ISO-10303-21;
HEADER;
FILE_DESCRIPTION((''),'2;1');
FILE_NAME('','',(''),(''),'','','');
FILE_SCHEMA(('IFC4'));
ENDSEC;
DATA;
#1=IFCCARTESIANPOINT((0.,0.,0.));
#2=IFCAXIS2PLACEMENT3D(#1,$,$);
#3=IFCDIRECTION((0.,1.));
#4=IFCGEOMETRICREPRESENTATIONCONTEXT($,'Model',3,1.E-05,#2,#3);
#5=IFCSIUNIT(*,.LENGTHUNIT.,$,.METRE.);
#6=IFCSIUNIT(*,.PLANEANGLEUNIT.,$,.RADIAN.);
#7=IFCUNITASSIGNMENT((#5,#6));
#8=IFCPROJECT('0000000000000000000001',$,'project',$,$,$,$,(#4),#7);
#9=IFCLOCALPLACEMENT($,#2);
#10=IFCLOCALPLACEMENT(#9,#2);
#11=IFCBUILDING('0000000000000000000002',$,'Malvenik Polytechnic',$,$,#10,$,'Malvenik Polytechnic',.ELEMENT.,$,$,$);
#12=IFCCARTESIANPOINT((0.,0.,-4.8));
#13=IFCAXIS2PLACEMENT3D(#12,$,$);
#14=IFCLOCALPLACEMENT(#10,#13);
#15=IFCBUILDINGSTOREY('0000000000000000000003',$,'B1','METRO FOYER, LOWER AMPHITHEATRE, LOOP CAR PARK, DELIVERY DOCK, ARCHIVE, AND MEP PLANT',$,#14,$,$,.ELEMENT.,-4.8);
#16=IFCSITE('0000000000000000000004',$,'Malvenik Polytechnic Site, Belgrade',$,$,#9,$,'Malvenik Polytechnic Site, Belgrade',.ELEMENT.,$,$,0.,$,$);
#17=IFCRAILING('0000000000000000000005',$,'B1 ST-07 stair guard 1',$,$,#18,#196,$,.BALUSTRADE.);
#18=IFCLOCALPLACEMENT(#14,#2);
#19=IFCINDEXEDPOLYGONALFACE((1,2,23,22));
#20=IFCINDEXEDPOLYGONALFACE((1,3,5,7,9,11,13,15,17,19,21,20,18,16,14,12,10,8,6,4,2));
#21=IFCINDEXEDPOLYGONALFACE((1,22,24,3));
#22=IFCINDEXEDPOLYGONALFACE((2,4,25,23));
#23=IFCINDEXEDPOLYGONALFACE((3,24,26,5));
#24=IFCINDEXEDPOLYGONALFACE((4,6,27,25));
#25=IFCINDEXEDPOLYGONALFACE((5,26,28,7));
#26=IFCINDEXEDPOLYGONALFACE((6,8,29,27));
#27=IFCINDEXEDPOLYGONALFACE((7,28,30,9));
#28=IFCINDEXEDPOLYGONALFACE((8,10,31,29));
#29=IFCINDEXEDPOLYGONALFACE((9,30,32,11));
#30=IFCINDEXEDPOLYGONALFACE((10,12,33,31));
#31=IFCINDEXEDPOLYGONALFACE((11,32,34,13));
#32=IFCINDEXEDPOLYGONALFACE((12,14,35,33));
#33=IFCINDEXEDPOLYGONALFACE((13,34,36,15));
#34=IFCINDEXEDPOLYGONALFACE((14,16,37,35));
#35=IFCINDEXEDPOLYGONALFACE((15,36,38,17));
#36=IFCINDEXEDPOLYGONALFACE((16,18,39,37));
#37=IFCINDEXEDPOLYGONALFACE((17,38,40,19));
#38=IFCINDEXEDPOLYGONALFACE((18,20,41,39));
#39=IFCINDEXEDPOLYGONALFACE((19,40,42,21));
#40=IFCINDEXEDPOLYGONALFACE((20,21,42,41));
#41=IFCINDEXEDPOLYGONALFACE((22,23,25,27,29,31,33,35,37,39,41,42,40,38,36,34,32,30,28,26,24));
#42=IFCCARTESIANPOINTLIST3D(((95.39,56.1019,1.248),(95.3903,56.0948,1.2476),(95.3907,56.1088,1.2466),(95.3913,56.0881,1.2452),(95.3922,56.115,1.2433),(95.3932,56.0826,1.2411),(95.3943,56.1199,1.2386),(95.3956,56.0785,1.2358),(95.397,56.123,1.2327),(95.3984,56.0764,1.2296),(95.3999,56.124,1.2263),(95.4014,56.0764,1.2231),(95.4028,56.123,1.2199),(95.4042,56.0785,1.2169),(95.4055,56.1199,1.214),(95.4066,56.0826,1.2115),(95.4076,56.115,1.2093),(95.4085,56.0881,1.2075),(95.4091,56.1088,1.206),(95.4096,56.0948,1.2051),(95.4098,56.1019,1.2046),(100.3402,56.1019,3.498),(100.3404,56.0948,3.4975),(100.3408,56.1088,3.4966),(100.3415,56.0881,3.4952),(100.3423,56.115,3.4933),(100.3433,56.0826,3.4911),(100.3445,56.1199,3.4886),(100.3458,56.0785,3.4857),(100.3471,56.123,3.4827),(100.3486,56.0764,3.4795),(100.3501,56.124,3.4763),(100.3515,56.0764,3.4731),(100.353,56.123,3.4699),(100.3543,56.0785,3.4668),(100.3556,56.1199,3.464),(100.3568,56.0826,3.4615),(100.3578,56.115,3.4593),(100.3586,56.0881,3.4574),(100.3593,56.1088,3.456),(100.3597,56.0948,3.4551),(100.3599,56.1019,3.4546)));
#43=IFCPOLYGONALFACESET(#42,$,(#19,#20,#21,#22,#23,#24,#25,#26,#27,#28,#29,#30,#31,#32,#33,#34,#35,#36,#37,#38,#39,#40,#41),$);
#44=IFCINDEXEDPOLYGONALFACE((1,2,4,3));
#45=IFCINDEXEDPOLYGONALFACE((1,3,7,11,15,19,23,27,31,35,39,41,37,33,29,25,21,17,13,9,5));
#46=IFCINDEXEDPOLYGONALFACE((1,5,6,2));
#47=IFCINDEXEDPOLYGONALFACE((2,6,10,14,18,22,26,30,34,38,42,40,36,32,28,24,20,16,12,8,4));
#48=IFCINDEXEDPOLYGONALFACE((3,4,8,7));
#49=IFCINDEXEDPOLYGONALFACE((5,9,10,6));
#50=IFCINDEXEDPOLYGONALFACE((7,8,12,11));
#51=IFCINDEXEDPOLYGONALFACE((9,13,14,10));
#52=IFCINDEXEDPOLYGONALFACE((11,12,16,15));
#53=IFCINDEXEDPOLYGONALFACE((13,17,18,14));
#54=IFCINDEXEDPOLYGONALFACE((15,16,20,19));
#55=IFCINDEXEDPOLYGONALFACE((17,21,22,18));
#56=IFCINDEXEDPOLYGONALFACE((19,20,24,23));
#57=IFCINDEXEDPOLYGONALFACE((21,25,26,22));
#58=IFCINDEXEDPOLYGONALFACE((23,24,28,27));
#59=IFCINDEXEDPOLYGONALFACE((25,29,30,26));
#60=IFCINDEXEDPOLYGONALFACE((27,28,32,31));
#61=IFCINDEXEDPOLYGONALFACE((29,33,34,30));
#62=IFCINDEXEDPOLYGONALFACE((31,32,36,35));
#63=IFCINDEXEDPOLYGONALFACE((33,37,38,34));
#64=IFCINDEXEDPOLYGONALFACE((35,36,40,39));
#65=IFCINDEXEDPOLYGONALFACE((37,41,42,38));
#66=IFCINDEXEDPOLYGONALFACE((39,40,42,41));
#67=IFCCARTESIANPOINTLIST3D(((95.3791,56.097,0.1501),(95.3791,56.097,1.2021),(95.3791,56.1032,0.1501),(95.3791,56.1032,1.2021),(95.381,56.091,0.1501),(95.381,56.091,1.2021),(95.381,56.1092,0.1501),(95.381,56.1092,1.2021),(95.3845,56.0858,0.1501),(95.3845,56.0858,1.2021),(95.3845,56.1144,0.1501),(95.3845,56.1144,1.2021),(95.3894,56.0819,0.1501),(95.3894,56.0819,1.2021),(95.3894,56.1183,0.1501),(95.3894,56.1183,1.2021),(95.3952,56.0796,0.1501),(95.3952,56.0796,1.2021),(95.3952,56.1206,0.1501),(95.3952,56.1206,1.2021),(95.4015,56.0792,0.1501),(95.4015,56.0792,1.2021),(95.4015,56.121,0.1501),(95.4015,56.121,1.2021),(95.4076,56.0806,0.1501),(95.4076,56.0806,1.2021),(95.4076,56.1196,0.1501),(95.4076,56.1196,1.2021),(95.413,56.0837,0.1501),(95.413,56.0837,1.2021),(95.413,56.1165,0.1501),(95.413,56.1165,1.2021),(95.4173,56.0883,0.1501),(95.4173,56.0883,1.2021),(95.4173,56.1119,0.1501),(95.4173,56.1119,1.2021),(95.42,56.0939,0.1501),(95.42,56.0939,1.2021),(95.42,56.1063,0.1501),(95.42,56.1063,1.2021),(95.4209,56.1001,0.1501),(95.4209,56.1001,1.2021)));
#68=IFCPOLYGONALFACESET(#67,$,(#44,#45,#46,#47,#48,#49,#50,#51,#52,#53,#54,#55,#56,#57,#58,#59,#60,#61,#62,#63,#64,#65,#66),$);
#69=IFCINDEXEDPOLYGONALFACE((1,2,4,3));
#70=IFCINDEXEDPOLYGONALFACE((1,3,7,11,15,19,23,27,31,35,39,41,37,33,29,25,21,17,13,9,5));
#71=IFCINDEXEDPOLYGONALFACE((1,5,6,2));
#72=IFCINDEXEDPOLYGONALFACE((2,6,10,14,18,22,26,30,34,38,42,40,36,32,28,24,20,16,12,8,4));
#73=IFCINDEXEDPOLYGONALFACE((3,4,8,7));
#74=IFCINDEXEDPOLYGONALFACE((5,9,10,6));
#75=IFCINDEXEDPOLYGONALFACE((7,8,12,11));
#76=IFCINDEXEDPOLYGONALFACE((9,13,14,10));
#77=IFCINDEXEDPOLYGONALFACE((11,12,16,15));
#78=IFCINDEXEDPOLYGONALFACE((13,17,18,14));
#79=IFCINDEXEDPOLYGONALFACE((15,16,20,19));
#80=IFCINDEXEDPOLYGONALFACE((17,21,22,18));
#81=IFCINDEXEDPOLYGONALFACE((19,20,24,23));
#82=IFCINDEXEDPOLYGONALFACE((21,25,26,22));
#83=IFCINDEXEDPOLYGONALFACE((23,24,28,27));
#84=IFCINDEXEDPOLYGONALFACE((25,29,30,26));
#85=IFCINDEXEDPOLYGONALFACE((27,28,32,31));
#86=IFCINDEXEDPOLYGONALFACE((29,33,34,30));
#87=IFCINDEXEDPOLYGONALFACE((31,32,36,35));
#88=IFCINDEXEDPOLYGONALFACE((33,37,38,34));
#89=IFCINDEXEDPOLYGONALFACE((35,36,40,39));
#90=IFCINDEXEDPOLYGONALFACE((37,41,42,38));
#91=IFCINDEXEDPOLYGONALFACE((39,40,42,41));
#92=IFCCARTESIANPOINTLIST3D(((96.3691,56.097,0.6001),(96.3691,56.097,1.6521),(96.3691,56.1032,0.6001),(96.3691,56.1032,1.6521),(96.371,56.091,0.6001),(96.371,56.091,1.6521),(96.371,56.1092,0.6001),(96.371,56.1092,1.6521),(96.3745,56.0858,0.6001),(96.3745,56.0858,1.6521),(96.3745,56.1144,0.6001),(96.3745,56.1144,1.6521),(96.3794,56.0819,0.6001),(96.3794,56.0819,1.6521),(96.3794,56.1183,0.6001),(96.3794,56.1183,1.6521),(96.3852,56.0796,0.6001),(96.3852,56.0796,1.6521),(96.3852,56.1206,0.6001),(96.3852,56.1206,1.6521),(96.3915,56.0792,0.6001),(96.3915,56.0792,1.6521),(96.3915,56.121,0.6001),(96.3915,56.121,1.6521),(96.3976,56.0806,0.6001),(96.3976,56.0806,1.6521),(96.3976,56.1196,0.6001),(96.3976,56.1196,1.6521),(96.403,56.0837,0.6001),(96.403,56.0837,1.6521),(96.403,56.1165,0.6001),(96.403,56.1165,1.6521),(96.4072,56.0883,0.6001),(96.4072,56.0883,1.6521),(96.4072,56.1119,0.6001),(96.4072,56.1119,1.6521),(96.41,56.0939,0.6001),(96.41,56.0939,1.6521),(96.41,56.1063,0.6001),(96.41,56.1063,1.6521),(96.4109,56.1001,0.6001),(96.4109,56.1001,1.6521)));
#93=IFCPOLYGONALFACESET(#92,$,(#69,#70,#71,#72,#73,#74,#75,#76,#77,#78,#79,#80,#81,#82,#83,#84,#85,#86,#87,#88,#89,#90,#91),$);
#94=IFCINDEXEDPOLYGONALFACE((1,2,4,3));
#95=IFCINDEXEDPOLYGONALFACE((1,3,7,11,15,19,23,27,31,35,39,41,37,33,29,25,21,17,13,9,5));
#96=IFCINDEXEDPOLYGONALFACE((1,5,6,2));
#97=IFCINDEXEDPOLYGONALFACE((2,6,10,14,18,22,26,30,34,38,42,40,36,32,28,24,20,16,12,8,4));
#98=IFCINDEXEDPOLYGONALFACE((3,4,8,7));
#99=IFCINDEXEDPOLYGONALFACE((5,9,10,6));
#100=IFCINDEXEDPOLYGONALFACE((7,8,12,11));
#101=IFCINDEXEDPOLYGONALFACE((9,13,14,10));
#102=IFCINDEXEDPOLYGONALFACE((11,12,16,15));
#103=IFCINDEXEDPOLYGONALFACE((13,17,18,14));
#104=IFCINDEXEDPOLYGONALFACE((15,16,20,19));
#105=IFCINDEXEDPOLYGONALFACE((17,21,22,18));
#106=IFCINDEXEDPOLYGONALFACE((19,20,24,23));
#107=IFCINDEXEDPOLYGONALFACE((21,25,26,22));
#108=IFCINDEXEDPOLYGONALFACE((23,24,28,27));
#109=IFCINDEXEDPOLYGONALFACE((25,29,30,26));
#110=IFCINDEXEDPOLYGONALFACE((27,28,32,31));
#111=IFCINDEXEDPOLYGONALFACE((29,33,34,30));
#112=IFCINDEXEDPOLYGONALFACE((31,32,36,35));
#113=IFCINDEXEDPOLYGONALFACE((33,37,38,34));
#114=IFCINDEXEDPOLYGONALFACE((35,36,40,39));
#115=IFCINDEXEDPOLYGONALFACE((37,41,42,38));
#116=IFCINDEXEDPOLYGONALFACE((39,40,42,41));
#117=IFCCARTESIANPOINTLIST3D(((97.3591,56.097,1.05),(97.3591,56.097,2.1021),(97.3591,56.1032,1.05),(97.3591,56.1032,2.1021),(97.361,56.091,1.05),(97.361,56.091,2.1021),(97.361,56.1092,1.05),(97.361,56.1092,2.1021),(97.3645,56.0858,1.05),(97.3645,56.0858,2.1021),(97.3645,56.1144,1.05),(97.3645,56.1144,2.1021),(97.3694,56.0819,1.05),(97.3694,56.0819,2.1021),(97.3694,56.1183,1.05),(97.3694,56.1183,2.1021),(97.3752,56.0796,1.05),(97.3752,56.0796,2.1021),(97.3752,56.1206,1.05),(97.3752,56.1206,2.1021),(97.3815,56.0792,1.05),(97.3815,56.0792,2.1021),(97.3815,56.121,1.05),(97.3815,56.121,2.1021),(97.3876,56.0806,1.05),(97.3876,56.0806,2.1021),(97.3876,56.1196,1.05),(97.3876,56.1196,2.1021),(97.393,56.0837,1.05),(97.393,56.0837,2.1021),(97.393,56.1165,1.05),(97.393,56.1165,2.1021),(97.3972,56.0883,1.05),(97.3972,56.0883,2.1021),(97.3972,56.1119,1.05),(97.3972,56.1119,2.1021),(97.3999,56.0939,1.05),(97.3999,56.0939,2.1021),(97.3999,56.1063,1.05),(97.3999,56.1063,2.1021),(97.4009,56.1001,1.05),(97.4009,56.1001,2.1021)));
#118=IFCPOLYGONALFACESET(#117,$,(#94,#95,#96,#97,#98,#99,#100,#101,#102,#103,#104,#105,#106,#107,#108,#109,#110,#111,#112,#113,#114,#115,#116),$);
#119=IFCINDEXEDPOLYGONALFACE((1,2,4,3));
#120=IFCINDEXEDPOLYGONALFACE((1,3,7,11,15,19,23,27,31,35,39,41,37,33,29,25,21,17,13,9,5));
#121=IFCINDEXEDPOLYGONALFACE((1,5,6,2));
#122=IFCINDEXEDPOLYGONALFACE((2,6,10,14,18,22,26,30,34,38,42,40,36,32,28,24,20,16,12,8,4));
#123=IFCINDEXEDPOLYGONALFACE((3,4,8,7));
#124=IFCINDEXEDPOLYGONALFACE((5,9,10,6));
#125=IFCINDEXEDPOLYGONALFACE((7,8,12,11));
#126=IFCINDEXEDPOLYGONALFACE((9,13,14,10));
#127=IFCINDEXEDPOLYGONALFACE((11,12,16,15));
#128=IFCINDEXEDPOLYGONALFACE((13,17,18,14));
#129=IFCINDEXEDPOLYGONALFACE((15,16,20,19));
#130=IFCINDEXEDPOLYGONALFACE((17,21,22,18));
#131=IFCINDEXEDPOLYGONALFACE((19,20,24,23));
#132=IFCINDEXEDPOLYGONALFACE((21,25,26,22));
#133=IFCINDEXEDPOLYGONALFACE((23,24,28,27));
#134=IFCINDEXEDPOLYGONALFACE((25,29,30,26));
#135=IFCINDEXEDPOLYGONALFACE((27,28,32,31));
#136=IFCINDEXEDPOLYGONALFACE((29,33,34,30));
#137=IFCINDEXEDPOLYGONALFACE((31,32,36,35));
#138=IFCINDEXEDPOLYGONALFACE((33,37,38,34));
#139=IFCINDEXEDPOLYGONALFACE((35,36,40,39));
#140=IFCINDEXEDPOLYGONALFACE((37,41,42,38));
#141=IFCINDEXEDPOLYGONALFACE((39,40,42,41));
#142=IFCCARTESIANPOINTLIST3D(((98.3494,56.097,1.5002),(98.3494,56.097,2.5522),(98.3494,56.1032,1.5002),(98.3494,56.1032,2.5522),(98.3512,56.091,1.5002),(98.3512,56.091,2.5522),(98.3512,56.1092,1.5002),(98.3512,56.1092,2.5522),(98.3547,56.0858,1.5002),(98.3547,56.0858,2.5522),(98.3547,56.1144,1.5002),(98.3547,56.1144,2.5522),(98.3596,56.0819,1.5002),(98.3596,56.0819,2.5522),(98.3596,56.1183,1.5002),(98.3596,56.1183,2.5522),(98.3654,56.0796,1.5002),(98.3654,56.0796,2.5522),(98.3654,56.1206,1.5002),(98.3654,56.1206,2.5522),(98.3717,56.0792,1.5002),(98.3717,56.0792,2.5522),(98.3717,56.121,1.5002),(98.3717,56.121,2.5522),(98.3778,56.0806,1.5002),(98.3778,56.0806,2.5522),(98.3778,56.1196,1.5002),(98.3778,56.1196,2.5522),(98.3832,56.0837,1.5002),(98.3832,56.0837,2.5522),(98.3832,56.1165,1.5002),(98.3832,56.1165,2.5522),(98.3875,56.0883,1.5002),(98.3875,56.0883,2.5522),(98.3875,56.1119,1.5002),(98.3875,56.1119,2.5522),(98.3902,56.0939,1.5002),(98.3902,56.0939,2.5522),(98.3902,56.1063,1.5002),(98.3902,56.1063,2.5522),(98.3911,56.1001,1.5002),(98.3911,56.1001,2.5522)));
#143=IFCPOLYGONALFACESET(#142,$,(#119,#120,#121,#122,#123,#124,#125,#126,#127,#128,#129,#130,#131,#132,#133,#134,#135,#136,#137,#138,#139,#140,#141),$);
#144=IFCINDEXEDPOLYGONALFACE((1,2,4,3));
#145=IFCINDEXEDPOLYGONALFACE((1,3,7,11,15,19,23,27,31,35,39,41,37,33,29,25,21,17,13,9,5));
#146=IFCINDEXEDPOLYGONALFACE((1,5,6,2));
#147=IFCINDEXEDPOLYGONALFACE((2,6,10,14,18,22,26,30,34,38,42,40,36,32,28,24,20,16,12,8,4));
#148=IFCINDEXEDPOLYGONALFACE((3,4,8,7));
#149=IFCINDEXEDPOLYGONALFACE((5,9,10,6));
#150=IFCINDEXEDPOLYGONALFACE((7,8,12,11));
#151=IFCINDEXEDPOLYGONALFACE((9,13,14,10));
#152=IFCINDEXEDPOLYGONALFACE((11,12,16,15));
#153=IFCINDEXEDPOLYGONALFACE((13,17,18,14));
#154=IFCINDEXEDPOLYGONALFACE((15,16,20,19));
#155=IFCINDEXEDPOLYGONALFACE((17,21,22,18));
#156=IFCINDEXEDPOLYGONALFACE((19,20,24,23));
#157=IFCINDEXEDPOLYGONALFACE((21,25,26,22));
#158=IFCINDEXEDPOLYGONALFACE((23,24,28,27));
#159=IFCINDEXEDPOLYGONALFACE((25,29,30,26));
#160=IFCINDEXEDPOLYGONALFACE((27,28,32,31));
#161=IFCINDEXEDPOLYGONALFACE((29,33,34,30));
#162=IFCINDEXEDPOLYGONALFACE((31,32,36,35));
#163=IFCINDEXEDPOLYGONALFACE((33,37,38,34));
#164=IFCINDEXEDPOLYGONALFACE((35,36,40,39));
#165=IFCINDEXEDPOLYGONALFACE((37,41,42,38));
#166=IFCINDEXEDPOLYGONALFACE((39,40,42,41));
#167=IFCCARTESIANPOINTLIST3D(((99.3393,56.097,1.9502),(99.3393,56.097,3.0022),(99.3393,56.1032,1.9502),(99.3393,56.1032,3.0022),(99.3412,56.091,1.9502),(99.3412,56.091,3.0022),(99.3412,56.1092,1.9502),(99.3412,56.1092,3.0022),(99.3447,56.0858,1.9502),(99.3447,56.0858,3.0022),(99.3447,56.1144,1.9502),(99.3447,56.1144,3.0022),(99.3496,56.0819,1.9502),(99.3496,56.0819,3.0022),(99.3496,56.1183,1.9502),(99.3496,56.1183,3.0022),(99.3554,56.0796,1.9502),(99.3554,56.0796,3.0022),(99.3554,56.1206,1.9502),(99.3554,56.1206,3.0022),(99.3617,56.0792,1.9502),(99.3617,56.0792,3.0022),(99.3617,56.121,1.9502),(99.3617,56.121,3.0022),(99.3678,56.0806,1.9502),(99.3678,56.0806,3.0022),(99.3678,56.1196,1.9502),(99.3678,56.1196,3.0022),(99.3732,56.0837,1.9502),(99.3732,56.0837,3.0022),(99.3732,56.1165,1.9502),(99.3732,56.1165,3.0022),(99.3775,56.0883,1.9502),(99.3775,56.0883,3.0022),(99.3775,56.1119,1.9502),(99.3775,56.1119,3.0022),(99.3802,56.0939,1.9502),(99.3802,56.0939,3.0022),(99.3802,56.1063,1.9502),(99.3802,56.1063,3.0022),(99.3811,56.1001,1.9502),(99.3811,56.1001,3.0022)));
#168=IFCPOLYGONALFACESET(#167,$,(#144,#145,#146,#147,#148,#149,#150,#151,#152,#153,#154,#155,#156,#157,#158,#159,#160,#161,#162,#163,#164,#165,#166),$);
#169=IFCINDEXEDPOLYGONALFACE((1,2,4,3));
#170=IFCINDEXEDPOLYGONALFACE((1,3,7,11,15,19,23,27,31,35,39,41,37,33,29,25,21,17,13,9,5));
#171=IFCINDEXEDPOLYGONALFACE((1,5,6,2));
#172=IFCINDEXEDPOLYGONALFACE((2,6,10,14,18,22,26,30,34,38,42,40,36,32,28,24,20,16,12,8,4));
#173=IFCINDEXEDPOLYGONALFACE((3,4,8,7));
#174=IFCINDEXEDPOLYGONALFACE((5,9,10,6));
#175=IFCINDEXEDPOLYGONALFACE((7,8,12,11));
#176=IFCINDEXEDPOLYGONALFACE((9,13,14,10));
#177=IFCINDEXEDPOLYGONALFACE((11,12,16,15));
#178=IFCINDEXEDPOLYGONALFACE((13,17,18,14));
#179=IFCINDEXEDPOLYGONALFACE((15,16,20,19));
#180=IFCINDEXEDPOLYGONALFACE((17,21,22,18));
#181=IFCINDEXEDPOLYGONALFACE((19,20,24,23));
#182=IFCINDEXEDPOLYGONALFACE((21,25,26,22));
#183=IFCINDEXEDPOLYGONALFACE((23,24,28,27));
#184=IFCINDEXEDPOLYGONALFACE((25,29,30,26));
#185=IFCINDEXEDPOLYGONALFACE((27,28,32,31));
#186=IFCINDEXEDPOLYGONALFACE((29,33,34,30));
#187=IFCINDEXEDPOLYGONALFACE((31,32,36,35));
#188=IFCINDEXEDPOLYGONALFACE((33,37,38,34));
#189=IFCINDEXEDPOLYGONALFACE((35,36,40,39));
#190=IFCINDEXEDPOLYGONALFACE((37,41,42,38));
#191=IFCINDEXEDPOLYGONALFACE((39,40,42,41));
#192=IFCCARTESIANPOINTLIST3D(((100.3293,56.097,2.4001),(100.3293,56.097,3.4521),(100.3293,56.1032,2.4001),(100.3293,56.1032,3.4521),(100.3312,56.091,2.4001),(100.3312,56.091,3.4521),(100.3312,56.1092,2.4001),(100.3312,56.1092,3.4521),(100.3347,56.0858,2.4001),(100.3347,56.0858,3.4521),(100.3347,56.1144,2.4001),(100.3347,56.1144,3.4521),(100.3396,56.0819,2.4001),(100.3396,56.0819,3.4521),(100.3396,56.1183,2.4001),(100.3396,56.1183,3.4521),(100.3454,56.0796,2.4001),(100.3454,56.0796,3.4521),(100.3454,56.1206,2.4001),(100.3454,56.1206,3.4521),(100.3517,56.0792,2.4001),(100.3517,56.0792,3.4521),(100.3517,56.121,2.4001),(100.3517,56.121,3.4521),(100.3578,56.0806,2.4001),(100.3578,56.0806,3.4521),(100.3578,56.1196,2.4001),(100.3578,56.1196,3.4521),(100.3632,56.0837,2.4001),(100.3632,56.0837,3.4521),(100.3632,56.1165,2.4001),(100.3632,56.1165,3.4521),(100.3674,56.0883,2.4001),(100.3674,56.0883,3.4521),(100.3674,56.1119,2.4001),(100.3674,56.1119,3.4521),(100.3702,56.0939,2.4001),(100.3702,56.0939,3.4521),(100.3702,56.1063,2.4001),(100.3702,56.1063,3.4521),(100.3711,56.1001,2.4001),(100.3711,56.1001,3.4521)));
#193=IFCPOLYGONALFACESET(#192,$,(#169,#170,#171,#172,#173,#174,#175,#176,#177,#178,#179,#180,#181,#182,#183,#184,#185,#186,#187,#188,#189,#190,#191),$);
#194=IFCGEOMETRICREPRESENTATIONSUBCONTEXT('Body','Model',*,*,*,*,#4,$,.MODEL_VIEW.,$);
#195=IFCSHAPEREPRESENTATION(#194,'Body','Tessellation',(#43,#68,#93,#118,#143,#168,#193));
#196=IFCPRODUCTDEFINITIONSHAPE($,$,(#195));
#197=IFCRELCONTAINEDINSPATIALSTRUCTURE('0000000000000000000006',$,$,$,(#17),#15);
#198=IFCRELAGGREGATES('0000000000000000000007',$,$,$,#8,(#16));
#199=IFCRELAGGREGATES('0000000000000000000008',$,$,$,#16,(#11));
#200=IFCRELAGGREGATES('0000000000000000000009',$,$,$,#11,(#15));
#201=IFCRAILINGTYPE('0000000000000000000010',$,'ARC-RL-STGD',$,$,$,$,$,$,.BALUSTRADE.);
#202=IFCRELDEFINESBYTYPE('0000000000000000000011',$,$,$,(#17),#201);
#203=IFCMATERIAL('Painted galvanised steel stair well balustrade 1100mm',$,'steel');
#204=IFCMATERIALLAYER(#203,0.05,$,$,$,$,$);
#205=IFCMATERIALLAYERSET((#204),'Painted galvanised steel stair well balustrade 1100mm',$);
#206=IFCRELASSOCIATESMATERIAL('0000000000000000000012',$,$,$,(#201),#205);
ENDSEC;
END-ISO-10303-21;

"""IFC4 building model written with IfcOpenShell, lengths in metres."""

from ifc_helpers import new_model, si_unit, direction, frame, origin, origin_2d, place, context, subcontext, project, spatial, circle, extrude, material, layer, layer_set, type_object, element, save


model = new_model("IFC4")

# Units and contexts
model_context = context("Model", 3, precision=1e-05, world=origin(), true_north=direction((0.0, 1.0)))
body_context = subcontext(model_context, "Body", "Model", "MODEL_VIEW")
ifc_project = project(units=[si_unit("LENGTHUNIT", "METRE"), si_unit("PLANEANGLEUNIT", "RADIAN")], contexts=[model_context])

# Site, building, storey
site_placement = place(None, origin())
site = spatial("IfcSite", under=ifc_project, at=site_placement, Name="Malvenik Polytechnic Site, Belgrade", LongName="Malvenik Polytechnic Site, Belgrade", CompositionType="ELEMENT", RefElevation=0.0)
building_placement = place(site_placement, origin())
building = spatial("IfcBuilding", under=site, at=building_placement, Name="Malvenik Polytechnic", LongName="Malvenik Polytechnic", CompositionType="ELEMENT")
storey_placement = place(building_placement, frame((0.0, 0.0, -4.8)))
storey = spatial("IfcBuildingStorey", under=building, at=storey_placement, Name="B1", Description="METRO FOYER, LOWER AMPHITHEATRE, LOOP CAR PARK, DELIVERY DOCK, ARCHIVE, AND MEP PLANT", CompositionType="ELEMENT", Elevation=-4.8)

# Railing
ifc_material_1 = material(Name="Painted galvanised steel stair well balustrade 1100mm", Category="steel")
ifc_layer_1 = layer(ifc_material_1, 0.05)
ifc_layer_set_1 = layer_set([ifc_layer_1], Name="Painted galvanised steel stair well balustrade 1100mm")
railing_type_1 = type_object("IfcRailingType", Name="ARC-RL-STGD", PredefinedType="BALUSTRADE", material=ifc_layer_set_1)
railing_1_placement = place(storey_placement, frame((95.3999, 56.1001, 0.1501)))
element("IfcRailing", 1, at=railing_1_placement, inside=storey, type_object=railing_type_1, Name="B1 ST-07 stair guard 1", PredefinedType="BALUSTRADE", context=body_context, shape_type="SweptSolid", body=[
    extrude(circle(Radius=0.0239, at=origin_2d()), frame((0.0, 0.0, 1.0762), z_axis=(0.910373, 0.0, 0.413789), x_axis=(0.0, 1.0, 0.0)), (0.0, 0.0, 1.0), 5.4375),
    extrude(circle(Radius=0.021, at=origin_2d()), origin(), (0.0, 0.0, 1.0), 1.052),
    extrude(circle(Radius=0.021, at=origin_2d()), frame((0.99, 0.0, 0.45)), (0.0, 0.0, 1.0), 1.052),
    extrude(circle(Radius=0.021, at=origin_2d()), frame((1.98, 0.0, 0.8999)), (0.0, 0.0, 1.0), 1.052),
    extrude(circle(Radius=0.021, at=origin_2d()), frame((2.9702, 0.0, 1.3501)), (0.0, 0.0, 1.0), 1.052),
    extrude(circle(Radius=0.021, at=origin_2d()), frame((3.9602, 0.0, 1.8)), (0.0, 0.0, 1.0), 1.052),
    extrude(circle(Radius=0.021, at=origin_2d()), frame((4.9502, 0.0, 2.25)), (0.0, 0.0, 1.0), 1.052),
])

save(model, "model.ifc")
